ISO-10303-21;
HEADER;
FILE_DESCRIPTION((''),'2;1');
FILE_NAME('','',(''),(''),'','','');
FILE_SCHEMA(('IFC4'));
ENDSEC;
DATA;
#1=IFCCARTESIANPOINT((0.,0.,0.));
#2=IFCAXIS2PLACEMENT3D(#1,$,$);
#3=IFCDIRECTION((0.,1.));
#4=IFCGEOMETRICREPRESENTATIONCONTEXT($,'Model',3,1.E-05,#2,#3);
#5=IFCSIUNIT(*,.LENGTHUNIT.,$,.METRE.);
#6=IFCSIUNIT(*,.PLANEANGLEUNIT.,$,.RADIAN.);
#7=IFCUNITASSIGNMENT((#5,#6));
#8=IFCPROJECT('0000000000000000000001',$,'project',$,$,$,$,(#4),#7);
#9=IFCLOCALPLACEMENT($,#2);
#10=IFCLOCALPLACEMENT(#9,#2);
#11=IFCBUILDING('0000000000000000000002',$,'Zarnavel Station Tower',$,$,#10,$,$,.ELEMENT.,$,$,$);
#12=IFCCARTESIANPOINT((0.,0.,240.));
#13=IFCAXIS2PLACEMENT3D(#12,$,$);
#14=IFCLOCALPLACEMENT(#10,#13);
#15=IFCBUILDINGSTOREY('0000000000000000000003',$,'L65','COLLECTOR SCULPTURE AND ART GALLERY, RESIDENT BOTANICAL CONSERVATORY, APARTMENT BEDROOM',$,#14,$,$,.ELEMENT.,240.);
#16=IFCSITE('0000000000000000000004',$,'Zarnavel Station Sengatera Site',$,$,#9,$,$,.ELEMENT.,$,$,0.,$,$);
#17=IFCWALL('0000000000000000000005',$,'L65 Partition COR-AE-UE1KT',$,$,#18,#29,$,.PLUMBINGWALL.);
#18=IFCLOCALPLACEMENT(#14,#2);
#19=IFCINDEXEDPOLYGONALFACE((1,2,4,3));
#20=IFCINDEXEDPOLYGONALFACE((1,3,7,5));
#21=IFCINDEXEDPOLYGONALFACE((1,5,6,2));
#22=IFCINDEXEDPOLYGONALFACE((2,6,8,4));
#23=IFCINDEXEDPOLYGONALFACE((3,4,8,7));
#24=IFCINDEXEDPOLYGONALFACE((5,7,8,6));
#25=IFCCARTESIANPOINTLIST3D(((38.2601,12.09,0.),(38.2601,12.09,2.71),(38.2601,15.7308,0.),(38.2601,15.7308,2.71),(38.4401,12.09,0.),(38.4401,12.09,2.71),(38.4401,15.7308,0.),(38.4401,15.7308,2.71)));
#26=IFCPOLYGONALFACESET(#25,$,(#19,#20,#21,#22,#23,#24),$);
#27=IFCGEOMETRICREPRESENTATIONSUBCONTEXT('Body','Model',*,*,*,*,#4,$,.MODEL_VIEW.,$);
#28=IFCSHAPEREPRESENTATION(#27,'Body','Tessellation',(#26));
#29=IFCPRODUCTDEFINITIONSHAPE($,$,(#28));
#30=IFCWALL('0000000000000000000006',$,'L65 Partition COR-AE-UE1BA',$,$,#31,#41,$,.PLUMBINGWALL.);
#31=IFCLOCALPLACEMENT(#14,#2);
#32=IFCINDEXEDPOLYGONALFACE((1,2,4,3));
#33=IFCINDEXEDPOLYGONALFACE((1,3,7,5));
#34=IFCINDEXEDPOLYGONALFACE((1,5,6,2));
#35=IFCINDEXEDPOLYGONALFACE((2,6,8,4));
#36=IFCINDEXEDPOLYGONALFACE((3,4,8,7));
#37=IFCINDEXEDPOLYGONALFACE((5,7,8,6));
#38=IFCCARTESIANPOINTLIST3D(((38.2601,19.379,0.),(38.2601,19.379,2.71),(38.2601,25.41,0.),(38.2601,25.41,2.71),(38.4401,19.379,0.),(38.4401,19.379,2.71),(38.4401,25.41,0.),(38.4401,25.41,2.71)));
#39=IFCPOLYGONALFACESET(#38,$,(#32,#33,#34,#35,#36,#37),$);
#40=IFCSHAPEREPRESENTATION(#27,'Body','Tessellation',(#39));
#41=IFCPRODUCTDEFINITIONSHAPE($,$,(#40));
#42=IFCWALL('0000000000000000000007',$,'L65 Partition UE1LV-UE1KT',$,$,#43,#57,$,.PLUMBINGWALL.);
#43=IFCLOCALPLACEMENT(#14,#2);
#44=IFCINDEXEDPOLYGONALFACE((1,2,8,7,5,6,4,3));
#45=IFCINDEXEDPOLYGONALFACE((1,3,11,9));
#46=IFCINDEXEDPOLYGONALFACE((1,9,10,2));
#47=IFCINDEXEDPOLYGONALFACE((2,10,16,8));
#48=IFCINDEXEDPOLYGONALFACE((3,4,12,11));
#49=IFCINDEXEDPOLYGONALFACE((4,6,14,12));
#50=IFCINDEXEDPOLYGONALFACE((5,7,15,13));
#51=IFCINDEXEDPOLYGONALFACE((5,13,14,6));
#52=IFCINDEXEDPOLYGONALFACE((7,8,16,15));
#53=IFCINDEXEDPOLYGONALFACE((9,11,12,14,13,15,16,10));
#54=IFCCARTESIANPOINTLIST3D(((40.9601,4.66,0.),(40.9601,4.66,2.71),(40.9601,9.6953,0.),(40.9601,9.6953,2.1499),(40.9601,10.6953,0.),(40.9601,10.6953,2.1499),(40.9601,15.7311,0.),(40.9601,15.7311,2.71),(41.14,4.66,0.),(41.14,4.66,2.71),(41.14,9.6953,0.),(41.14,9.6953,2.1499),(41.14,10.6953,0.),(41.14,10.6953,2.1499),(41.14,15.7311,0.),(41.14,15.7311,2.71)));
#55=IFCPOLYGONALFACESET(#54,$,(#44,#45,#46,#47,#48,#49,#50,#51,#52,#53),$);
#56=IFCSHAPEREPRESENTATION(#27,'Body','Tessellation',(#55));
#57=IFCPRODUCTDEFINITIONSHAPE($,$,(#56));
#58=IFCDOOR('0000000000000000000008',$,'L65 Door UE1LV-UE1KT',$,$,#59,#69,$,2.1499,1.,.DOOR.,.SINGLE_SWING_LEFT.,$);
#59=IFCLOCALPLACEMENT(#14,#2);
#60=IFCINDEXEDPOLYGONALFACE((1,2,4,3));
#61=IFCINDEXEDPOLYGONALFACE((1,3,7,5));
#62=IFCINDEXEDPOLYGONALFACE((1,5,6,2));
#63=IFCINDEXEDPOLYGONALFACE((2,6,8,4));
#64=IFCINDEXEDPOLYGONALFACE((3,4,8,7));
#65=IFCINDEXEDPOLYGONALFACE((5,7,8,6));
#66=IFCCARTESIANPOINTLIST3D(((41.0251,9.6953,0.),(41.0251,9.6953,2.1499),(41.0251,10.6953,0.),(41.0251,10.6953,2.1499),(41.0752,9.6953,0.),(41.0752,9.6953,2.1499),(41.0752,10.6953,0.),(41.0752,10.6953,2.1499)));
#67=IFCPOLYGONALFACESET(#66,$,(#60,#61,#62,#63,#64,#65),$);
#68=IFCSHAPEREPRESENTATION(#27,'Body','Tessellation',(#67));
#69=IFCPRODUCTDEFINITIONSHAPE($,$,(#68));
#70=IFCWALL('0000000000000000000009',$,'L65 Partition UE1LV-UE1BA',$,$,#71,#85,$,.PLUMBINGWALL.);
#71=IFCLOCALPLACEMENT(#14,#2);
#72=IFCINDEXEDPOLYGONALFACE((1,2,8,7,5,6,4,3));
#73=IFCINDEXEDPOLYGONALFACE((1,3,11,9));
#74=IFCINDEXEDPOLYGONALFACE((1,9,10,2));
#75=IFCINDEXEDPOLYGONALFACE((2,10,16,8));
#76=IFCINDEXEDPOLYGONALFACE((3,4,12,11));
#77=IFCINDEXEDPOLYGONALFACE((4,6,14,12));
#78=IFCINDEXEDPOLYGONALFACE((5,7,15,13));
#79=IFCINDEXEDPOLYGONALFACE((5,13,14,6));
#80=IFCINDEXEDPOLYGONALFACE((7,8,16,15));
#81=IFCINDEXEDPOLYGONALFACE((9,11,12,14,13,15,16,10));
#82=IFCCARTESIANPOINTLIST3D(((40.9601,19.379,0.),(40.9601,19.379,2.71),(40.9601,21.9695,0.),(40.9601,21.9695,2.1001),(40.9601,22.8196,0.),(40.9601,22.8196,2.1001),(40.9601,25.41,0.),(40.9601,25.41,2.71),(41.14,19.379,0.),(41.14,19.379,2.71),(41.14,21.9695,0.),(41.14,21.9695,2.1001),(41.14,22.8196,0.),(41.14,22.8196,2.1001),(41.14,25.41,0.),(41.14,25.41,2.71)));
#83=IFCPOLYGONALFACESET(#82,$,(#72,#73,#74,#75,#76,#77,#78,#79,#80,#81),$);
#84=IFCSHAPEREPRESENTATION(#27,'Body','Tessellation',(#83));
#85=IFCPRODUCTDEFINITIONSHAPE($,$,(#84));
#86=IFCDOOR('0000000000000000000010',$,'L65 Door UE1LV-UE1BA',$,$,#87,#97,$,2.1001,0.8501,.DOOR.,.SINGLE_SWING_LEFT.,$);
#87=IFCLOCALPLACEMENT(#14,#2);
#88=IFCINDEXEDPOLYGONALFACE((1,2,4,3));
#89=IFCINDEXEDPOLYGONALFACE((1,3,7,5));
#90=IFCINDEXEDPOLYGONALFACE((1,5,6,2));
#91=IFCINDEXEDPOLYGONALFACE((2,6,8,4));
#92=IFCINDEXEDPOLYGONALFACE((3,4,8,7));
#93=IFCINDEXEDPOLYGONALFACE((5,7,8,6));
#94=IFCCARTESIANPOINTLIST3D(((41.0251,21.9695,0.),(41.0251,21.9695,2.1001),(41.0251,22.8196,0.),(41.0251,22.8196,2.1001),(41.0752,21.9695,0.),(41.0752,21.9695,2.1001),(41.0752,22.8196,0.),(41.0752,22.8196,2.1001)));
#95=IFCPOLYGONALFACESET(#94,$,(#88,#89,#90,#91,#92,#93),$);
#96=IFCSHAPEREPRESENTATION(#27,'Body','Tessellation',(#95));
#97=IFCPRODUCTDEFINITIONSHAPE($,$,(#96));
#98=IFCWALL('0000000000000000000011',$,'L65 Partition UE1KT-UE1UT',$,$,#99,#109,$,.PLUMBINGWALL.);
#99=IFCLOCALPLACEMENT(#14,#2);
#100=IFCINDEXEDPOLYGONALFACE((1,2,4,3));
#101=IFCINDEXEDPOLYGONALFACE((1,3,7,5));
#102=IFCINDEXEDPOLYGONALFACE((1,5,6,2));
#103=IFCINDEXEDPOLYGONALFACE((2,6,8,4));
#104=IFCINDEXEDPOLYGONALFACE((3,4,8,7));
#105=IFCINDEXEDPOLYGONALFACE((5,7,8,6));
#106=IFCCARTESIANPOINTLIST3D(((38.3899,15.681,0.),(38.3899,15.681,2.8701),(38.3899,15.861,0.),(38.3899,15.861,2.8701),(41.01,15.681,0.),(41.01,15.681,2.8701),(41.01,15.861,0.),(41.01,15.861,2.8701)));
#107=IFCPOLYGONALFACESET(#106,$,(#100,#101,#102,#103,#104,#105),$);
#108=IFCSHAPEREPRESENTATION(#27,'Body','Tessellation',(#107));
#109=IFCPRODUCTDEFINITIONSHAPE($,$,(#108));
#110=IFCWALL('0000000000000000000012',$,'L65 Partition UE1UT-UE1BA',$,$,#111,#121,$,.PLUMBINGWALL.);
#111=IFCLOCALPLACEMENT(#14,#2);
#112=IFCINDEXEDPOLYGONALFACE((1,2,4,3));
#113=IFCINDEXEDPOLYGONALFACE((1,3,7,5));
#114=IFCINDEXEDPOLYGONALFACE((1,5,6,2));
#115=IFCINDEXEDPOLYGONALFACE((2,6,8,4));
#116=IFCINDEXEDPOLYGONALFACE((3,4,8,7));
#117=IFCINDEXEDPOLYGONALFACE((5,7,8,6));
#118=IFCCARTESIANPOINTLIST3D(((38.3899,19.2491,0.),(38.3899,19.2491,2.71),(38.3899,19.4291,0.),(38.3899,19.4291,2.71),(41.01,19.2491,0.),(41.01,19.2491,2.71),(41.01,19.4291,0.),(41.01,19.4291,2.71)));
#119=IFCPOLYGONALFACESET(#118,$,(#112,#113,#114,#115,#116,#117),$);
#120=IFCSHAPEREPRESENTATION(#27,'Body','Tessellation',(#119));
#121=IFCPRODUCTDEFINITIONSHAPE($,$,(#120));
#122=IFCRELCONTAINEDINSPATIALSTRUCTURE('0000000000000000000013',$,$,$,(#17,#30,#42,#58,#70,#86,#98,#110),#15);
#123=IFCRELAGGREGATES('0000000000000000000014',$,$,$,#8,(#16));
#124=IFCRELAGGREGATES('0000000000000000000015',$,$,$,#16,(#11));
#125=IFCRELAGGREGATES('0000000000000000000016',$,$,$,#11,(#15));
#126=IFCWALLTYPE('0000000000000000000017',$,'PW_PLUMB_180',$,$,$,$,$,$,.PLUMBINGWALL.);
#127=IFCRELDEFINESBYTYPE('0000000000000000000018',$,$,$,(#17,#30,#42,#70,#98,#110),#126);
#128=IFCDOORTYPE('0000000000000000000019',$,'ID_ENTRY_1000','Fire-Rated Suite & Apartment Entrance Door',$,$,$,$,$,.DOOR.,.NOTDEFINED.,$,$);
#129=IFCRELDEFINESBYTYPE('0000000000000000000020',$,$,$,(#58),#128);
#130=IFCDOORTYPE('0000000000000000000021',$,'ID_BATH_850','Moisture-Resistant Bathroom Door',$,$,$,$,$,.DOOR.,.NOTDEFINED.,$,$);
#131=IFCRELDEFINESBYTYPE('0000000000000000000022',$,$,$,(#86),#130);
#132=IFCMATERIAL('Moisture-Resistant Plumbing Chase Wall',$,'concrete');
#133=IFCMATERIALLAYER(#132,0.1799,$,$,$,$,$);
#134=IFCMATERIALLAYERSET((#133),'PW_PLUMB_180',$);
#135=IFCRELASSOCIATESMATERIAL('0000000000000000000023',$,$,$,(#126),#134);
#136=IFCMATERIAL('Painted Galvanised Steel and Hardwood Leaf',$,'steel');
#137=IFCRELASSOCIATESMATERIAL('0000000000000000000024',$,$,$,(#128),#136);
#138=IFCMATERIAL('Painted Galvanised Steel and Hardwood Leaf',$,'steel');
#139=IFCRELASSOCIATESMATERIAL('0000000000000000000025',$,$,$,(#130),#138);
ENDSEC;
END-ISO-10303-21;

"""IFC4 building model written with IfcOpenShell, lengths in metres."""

from ifc_helpers import new_model, si_unit, direction, frame, frame_2d, origin, place, context, subcontext, project, spatial, rectangle, extrude, material, layer, layer_set, type_object, element, fill, save


model = new_model("IFC4")

# Units and contexts
model_context = context("Model", 3, precision=1e-05, world=origin(), true_north=direction((0.0, 1.0)))
body_context = subcontext(model_context, "Body", "Model", "MODEL_VIEW")
ifc_project = project(units=[si_unit("LENGTHUNIT", "METRE"), si_unit("PLANEANGLEUNIT", "RADIAN")], contexts=[model_context])

# Site, building, storey
site_placement = place(None, origin())
site = spatial("IfcSite", under=ifc_project, at=site_placement, Name="Zarnavel Station Sengatera Site", CompositionType="ELEMENT", RefElevation=0.0)
building_placement = place(site_placement, origin())
building = spatial("IfcBuilding", under=site, at=building_placement, Name="Zarnavel Station Tower", CompositionType="ELEMENT")
storey_placement = place(building_placement, frame((0.0, 0.0, 240.0)))
storey = spatial("IfcBuildingStorey", under=building, at=storey_placement, Name="L65", Description="COLLECTOR SCULPTURE AND ART GALLERY, RESIDENT BOTANICAL CONSERVATORY, APARTMENT BEDROOM", CompositionType="ELEMENT", Elevation=240.0)

# Walls
ifc_material_1 = material(Name="Moisture-Resistant Plumbing Chase Wall", Category="concrete")
ifc_layer_1 = layer(ifc_material_1, 0.1799)
ifc_layer_set_1 = layer_set([ifc_layer_1], Name="PW_PLUMB_180")
wall_type_1 = type_object("IfcWallType", Name="PW_PLUMB_180", PredefinedType="PLUMBINGWALL", material=ifc_layer_set_1)
wall_1_placement = place(storey_placement, frame((38.3501, 12.0901, 0.0), z_axis=(0.0, 0.0, 1.0), x_axis=(0.0, 1.0, 0.0)))
element("IfcWall", 1, at=wall_1_placement, inside=storey, type_object=wall_type_1, Name="L65 Partition COR-AE-UE1KT", PredefinedType="PLUMBINGWALL", context=body_context, shape_type="SweptSolid", body=[
    extrude(rectangle(XDim=3.6409, YDim=0.1799, at=frame_2d((1.8203, 0.0))), origin(), (0.0, 0.0, 1.0), 2.71),
])
wall_2_placement = place(storey_placement, frame((38.3501, 19.3789, 0.0), z_axis=(0.0, 0.0, 1.0), x_axis=(0.0, 1.0, 0.0)))
element("IfcWall", 2, at=wall_2_placement, inside=storey, type_object=wall_type_1, Name="L65 Partition COR-AE-UE1BA", PredefinedType="PLUMBINGWALL", context=body_context, shape_type="SweptSolid", body=[
    extrude(rectangle(XDim=6.031, YDim=0.1799, at=frame_2d((3.0156, 0.0))), origin(), (0.0, 0.0, 1.0), 2.71),
])

# Walls, openings, doors
wall_3_placement = place(storey_placement, frame((41.05, 4.6599, 0.0), z_axis=(0.0, 0.0, 1.0), x_axis=(0.0, 1.0, 0.0)))
wall_3 = element("IfcWall", 3, at=wall_3_placement, inside=storey, type_object=wall_type_1, Name="L65 Partition UE1LV-UE1KT", PredefinedType="PLUMBINGWALL", context=body_context, shape_type="SweptSolid", body=[
    extrude(rectangle(XDim=11.071, YDim=0.1799, at=frame_2d((5.5356, 0.0))), origin(), (0.0, 0.0, 1.0), 2.71),
])
opening_1_placement = place(wall_3_placement, frame((5.0354, 0.0, 0.0)))
opening_1 = element("IfcOpeningElement", 4, at=opening_1_placement, cuts=wall_3, PredefinedType="OPENING", context=body_context, shape_type="SweptSolid", body=[
    extrude(rectangle(XDim=1.0, YDim=2.1499, at=frame_2d((0.5, 1.075))), frame((0.0, 0.0999, 0.0), z_axis=(0.0, -1.0, 0.0), x_axis=(1.0, 0.0, 0.0)), (0.0, 0.0, 1.0), 0.2),
])
ifc_material_2 = material(Name="Painted Galvanised Steel and Hardwood Leaf", Category="steel")
door_type_1 = type_object("IfcDoorType", Name="ID_ENTRY_1000", Description="Fire-Rated Suite & Apartment Entrance Door", OperationType="NOTDEFINED", PredefinedType="DOOR", material=ifc_material_2)
door_1_placement = place(opening_1_placement, origin())
door_1 = element("IfcDoor", 5, at=door_1_placement, inside=storey, type_object=door_type_1, Name="L65 Door UE1LV-UE1KT", OperationType="SINGLE_SWING_LEFT", OverallHeight=2.1499, OverallWidth=1.0, PredefinedType="DOOR", context=body_context, shape_type="SweptSolid", body=[
    extrude(rectangle(XDim=1.0, YDim=2.1499, at=frame_2d((0.5, 1.075))), frame((0.0, 0.0249, 0.0), z_axis=(0.0, -1.0, 0.0), x_axis=(1.0, 0.0, 0.0)), (0.0, 0.0, 1.0), 0.05),
])
fill(opening_1, door_1)
wall_4_placement = place(storey_placement, frame((41.05, 19.3789, 0.0), z_axis=(0.0, 0.0, 1.0), x_axis=(0.0, 1.0, 0.0)))
wall_4 = element("IfcWall", 6, at=wall_4_placement, inside=storey, type_object=wall_type_1, Name="L65 Partition UE1LV-UE1BA", PredefinedType="PLUMBINGWALL", context=body_context, shape_type="SweptSolid", body=[
    extrude(rectangle(XDim=6.031, YDim=0.1799, at=frame_2d((3.0156, 0.0))), origin(), (0.0, 0.0, 1.0), 2.71),
])
opening_2_placement = place(wall_4_placement, frame((2.5906, 0.0, 0.0)))
opening_2 = element("IfcOpeningElement", 7, at=opening_2_placement, cuts=wall_4, PredefinedType="OPENING", context=body_context, shape_type="SweptSolid", body=[
    extrude(rectangle(XDim=0.8501, YDim=2.1001, at=frame_2d((0.425, 1.05))), frame((0.0, 0.0999, 0.0), z_axis=(0.0, -1.0, 0.0), x_axis=(1.0, 0.0, 0.0)), (0.0, 0.0, 1.0), 0.2),
])
ifc_material_3 = material(Name="Painted Galvanised Steel and Hardwood Leaf", Category="steel")
door_type_2 = type_object("IfcDoorType", Name="ID_BATH_850", Description="Moisture-Resistant Bathroom Door", OperationType="NOTDEFINED", PredefinedType="DOOR", material=ifc_material_3)
door_2_placement = place(opening_2_placement, origin())
door_2 = element("IfcDoor", 8, at=door_2_placement, inside=storey, type_object=door_type_2, Name="L65 Door UE1LV-UE1BA", OperationType="SINGLE_SWING_LEFT", OverallHeight=2.1001, OverallWidth=0.8501, PredefinedType="DOOR", context=body_context, shape_type="SweptSolid", body=[
    extrude(rectangle(XDim=0.8501, YDim=2.1001, at=frame_2d((0.425, 1.05))), frame((0.0, 0.0249, 0.0), z_axis=(0.0, -1.0, 0.0), x_axis=(1.0, 0.0, 0.0)), (0.0, 0.0, 1.0), 0.05),
])
fill(opening_2, door_2)

# Walls
wall_5_placement = place(storey_placement, frame((38.3899, 15.771, 0.0), z_axis=(0.0, 0.0, 1.0), x_axis=(1.0, 0.0, 0.0)))
element("IfcWall", 9, at=wall_5_placement, inside=storey, type_object=wall_type_1, Name="L65 Partition UE1KT-UE1UT", PredefinedType="PLUMBINGWALL", context=body_context, shape_type="SweptSolid", body=[
    extrude(rectangle(XDim=2.6201, YDim=0.1799, at=frame_2d((1.3101, 0.0))), origin(), (0.0, 0.0, 1.0), 2.8701),
])
wall_6_placement = place(storey_placement, frame((38.3899, 19.3391, 0.0), z_axis=(0.0, 0.0, 1.0), x_axis=(1.0, 0.0, 0.0)))
element("IfcWall", 10, at=wall_6_placement, inside=storey, type_object=wall_type_1, Name="L65 Partition UE1UT-UE1BA", PredefinedType="PLUMBINGWALL", context=body_context, shape_type="SweptSolid", body=[
    extrude(rectangle(XDim=2.6201, YDim=0.1799, at=frame_2d((1.3101, 0.0))), origin(), (0.0, 0.0, 1.0), 2.71),
])

save(model, "model.ifc")
